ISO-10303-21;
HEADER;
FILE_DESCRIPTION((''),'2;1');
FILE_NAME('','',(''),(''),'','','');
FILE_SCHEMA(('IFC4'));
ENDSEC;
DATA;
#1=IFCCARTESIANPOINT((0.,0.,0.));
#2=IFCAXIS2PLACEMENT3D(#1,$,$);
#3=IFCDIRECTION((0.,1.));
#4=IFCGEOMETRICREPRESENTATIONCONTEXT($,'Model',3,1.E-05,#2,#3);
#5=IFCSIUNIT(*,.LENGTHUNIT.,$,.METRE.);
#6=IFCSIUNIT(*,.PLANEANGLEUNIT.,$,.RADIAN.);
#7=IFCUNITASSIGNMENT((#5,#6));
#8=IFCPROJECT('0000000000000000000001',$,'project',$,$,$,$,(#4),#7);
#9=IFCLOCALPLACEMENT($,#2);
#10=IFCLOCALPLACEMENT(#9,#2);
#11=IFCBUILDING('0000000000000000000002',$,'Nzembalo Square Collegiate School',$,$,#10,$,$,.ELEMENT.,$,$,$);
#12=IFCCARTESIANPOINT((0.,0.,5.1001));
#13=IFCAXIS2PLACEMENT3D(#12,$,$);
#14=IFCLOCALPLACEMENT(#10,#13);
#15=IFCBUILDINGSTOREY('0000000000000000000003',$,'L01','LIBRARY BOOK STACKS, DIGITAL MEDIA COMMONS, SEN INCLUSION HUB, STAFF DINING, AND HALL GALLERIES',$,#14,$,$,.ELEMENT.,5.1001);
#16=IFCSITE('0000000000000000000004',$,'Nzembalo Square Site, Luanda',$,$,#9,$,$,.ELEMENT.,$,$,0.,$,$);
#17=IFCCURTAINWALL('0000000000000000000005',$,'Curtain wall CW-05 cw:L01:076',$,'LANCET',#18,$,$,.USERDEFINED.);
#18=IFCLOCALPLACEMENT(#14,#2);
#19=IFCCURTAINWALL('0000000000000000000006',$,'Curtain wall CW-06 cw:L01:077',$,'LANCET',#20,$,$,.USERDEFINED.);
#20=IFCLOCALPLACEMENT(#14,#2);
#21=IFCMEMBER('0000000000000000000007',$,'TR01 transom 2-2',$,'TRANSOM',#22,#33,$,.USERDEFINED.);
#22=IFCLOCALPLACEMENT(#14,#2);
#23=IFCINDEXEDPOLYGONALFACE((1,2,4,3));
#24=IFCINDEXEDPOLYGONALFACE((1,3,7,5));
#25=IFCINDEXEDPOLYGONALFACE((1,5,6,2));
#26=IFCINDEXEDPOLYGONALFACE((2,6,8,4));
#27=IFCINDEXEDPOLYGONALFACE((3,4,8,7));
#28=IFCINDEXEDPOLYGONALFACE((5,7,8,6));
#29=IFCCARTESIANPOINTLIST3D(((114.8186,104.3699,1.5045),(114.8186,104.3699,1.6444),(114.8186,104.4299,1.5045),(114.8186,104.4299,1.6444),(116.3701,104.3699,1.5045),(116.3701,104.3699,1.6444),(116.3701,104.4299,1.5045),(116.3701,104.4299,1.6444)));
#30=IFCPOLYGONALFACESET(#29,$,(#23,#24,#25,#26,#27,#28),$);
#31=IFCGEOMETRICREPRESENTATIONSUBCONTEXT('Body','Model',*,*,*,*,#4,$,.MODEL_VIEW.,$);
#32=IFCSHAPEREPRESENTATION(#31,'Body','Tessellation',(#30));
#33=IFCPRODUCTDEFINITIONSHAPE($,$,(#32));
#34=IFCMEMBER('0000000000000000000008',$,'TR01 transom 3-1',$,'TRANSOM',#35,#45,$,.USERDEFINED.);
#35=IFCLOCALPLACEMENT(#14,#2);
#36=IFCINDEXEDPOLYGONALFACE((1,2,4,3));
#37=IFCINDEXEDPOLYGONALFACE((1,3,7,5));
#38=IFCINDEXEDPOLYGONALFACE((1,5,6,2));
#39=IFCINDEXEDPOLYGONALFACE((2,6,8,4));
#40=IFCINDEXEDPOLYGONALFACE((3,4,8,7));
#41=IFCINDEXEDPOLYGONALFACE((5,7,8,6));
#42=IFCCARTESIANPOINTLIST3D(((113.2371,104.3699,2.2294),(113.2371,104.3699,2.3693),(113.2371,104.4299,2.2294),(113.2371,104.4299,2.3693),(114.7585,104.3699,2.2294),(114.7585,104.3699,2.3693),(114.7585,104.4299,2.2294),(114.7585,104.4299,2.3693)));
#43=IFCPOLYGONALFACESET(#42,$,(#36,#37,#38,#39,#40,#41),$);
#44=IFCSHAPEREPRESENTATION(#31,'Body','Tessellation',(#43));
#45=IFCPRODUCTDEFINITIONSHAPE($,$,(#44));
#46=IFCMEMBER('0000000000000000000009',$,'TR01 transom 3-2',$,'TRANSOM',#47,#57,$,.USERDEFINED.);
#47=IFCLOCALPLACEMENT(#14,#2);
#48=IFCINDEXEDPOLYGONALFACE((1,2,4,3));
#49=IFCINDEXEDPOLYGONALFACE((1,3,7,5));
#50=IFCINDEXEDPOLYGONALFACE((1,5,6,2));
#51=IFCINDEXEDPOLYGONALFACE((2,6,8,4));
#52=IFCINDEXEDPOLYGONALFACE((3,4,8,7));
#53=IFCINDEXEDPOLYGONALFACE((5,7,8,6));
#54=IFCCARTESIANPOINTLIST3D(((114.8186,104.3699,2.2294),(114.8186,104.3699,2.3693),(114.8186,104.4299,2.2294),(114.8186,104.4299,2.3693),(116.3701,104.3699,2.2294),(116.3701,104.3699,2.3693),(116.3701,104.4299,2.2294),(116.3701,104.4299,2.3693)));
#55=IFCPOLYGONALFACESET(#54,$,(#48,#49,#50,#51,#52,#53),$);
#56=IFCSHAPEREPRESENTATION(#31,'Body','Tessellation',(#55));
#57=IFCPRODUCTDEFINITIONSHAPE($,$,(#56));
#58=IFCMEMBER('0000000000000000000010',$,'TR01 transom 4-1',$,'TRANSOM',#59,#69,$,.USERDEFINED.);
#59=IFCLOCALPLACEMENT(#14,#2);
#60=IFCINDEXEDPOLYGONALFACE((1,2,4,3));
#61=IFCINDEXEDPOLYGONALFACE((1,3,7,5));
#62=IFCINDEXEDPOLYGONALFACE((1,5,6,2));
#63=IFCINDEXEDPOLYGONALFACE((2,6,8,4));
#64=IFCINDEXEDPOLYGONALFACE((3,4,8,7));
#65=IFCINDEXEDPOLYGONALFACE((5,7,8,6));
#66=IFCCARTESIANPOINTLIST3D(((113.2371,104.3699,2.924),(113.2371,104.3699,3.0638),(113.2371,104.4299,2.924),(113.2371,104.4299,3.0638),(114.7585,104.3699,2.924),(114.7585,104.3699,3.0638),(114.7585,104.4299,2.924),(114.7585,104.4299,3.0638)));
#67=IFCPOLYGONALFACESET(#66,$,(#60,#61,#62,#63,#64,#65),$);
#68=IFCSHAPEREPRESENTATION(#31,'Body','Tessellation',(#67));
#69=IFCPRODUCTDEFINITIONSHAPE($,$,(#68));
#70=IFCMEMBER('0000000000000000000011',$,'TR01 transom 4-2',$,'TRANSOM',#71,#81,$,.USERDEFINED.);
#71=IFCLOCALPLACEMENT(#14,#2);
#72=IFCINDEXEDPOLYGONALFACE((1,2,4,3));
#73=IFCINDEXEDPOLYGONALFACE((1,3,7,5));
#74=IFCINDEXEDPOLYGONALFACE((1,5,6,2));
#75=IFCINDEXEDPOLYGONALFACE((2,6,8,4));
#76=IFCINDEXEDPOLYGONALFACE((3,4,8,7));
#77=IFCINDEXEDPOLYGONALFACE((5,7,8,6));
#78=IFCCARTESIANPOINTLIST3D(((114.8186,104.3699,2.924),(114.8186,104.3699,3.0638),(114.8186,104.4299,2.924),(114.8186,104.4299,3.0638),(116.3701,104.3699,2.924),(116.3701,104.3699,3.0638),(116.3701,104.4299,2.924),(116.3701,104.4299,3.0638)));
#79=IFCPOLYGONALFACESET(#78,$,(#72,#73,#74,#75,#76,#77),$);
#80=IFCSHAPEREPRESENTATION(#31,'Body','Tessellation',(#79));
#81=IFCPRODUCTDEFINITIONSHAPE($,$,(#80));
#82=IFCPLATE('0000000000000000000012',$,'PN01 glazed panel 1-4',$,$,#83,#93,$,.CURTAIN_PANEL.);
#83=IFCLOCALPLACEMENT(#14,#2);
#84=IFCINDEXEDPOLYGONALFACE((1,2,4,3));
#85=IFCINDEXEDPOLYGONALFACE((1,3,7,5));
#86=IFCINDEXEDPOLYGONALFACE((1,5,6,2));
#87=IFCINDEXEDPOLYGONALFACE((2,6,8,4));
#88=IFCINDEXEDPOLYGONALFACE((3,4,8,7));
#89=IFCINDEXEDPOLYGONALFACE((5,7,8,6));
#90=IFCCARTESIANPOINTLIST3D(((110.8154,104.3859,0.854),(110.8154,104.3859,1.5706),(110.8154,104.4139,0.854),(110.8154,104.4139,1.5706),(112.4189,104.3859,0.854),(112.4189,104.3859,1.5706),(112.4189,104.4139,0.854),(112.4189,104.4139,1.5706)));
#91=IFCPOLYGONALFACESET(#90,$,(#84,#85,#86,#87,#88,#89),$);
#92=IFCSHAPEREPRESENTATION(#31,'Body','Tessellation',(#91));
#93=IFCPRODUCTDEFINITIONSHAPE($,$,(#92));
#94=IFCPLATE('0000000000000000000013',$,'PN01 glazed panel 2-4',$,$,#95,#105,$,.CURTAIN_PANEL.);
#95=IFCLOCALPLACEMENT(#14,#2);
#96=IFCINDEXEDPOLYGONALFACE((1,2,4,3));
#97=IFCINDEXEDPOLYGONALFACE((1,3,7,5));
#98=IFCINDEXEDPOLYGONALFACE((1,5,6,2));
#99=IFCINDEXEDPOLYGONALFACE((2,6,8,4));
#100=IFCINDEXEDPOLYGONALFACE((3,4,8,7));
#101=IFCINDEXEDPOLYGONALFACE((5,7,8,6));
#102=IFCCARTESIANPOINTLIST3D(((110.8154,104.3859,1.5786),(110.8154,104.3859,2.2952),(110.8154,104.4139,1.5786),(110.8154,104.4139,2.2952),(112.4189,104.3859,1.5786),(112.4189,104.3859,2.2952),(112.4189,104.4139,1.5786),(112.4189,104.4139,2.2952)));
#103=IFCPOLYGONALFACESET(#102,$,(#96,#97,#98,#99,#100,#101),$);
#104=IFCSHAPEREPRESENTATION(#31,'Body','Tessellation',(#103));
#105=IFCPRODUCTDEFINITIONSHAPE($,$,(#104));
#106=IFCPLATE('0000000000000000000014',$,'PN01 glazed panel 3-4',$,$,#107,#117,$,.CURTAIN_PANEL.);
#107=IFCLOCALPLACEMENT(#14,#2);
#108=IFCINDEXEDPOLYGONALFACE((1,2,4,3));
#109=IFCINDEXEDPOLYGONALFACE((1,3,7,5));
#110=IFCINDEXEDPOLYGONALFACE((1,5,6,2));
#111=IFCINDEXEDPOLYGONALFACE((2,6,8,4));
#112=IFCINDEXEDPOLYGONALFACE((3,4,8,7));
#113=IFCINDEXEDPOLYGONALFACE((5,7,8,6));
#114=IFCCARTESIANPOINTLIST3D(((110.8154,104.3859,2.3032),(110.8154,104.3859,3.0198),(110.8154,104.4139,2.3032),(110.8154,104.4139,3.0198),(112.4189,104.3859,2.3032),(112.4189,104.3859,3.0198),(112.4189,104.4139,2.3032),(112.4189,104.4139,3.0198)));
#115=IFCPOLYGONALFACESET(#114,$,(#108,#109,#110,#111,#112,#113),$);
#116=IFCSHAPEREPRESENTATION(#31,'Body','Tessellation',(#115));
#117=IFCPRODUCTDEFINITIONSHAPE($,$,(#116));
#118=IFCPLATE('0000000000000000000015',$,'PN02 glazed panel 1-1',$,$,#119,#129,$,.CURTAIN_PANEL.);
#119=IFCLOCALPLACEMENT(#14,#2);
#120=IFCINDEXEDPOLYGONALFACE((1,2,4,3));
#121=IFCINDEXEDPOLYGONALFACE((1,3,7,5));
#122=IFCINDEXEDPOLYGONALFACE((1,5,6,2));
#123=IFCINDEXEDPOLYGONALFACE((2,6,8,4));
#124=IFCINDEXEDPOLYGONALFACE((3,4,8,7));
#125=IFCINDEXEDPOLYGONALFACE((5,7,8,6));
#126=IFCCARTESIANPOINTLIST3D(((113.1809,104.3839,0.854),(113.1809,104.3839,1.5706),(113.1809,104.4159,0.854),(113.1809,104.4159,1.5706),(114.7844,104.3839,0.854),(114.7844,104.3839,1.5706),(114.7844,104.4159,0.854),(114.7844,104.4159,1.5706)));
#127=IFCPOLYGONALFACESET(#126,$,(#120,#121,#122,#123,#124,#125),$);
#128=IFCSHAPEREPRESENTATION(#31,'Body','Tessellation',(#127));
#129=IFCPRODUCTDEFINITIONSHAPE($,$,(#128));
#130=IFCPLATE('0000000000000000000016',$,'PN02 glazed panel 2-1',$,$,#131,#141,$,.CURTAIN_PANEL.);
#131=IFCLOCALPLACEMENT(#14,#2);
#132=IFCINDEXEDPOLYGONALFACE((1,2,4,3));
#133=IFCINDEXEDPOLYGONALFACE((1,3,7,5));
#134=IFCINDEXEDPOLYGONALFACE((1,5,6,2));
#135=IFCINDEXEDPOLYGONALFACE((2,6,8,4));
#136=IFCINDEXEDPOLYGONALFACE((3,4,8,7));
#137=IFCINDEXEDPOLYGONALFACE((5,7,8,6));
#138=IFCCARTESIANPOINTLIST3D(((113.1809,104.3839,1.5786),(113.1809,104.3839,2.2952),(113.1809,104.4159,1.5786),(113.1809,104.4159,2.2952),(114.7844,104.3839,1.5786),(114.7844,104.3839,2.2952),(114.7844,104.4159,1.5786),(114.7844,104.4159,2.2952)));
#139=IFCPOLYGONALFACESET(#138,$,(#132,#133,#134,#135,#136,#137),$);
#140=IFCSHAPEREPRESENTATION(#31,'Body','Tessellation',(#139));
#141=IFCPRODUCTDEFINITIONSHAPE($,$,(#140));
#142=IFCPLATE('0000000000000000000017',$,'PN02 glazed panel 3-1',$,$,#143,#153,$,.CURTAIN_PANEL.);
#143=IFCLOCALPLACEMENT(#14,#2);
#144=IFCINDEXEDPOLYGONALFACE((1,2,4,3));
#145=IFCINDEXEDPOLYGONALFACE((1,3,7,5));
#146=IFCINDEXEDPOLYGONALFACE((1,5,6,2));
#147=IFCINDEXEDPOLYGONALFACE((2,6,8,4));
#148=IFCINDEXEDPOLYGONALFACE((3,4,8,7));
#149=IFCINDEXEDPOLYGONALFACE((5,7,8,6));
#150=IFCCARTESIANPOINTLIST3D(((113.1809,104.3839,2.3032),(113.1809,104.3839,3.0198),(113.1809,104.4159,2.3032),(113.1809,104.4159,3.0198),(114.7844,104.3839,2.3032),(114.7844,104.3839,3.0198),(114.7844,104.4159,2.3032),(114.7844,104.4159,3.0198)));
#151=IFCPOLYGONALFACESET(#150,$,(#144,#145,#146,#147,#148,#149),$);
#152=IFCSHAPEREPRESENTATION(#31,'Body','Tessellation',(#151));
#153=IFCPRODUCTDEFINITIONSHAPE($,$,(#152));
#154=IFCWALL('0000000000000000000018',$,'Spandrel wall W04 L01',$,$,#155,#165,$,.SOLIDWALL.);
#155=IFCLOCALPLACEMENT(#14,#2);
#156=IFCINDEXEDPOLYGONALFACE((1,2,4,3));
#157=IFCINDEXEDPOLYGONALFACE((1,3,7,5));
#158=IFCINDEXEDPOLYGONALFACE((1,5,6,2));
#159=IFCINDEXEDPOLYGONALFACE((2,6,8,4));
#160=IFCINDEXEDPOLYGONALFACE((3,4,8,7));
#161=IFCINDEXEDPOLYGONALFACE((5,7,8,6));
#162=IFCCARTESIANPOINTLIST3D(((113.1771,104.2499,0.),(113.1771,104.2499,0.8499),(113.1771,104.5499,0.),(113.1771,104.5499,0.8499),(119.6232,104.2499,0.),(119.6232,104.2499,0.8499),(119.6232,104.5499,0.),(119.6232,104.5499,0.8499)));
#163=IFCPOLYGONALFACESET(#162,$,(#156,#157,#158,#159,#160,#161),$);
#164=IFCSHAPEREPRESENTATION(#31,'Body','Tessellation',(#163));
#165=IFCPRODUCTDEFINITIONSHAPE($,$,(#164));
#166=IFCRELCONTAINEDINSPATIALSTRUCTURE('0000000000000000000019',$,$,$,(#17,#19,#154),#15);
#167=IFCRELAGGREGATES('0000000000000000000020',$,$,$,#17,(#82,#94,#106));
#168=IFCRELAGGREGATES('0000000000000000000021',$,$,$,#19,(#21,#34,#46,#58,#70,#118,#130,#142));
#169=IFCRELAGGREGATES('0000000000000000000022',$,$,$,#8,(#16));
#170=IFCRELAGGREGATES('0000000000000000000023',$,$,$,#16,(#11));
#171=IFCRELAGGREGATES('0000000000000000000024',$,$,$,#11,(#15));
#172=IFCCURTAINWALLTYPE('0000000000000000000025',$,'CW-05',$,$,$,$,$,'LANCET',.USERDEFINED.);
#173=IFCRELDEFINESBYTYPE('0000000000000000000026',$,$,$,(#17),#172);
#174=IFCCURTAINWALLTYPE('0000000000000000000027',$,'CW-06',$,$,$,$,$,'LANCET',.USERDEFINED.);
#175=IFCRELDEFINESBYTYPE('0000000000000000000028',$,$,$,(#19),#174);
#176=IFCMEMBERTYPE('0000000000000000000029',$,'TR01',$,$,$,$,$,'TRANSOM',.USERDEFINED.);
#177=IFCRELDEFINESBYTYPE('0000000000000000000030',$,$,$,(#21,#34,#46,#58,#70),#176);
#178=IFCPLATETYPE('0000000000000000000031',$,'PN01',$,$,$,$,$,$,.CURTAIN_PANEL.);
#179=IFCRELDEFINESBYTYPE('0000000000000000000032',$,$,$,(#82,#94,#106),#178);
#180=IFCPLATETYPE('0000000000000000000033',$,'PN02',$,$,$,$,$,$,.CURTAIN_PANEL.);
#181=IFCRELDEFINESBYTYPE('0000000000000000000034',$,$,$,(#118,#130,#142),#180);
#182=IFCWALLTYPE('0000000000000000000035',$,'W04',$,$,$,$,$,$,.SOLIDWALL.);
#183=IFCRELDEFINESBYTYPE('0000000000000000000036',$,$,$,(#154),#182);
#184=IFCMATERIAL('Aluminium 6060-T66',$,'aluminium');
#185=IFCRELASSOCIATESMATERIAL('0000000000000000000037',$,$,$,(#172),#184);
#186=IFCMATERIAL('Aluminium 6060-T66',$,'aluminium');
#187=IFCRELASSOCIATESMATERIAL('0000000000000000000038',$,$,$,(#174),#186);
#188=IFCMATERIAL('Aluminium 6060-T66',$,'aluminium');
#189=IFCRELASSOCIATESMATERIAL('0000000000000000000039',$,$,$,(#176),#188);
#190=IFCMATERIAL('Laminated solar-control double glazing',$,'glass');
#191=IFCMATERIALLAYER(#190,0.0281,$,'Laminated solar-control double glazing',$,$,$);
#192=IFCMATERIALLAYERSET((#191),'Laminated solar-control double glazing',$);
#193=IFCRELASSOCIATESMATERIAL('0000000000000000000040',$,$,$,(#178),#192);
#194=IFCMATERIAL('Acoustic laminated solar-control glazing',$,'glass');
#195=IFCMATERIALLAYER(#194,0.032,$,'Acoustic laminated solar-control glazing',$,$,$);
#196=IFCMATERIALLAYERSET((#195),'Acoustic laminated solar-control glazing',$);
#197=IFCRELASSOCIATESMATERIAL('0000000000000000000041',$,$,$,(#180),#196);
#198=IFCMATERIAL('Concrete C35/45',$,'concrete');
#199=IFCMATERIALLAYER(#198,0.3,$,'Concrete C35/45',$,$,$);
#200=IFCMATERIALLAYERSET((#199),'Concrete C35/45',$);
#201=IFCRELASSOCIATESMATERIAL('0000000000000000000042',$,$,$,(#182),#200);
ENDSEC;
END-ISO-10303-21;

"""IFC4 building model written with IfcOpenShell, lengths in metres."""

from ifc_helpers import new_model, si_unit, direction, frame, frame_2d, origin, origin_2d, place, context, subcontext, project, spatial, rectangle, extrude, material, layer, layer_set, material_profile, profile_set, type_object, element, aggregate, save


model = new_model("IFC4")

# Units and contexts
model_context = context("Model", 3, precision=1e-05, world=origin(), true_north=direction((0.0, 1.0)))
body_context = subcontext(model_context, "Body", "Model", "MODEL_VIEW")
ifc_project = project(units=[si_unit("LENGTHUNIT", "METRE"), si_unit("PLANEANGLEUNIT", "RADIAN")], contexts=[model_context])

# Site, building, storey
site_placement = place(None, origin())
site = spatial("IfcSite", under=ifc_project, at=site_placement, Name="Nzembalo Square Site, Luanda", CompositionType="ELEMENT", RefElevation=0.0)
building_placement = place(site_placement, origin())
building = spatial("IfcBuilding", under=site, at=building_placement, Name="Nzembalo Square Collegiate School", CompositionType="ELEMENT")
storey_placement = place(building_placement, frame((0.0, 0.0, 5.1001)))
storey = spatial("IfcBuildingStorey", under=building, at=storey_placement, Name="L01", Description="LIBRARY BOOK STACKS, DIGITAL MEDIA COMMONS, SEN INCLUSION HUB, STAFF DINING, AND HALL GALLERIES", CompositionType="ELEMENT", Elevation=5.1001)

# Curtain walls
ifc_material_1 = material(Name="Aluminium 6060-T66", Category="aluminium")
curtain_wall_type_1 = type_object("IfcCurtainWallType", Name="CW-05", ElementType="LANCET", PredefinedType="USERDEFINED", material=ifc_material_1)
curtain_wall_1_placement = place(storey_placement, origin())
curtain_wall_1 = element("IfcCurtainWall", 1, at=curtain_wall_1_placement, inside=storey, type_object=curtain_wall_type_1, Name="Curtain wall CW-05 cw:L01:076", ObjectType="LANCET", PredefinedType="USERDEFINED")
ifc_material_2 = material(Name="Aluminium 6060-T66", Category="aluminium")
curtain_wall_type_2 = type_object("IfcCurtainWallType", Name="CW-06", ElementType="LANCET", PredefinedType="USERDEFINED", material=ifc_material_2)
curtain_wall_2_placement = place(storey_placement, origin())
curtain_wall_2 = element("IfcCurtainWall", 2, at=curtain_wall_2_placement, inside=storey, type_object=curtain_wall_type_2, Name="Curtain wall CW-06 cw:L01:077", ObjectType="LANCET", PredefinedType="USERDEFINED")

# Members
ifc_material_3 = material(Name="Aluminium 6060-T66", Category="aluminium")
ifc_material_profile_1 = material_profile(ifc_material_3, rectangle(XDim=0.0601, YDim=0.1399, at=origin_2d()), Name="ALU T60x140")
ifc_profile_set_1 = profile_set([ifc_material_profile_1], Name="Aluminium 6060-T66")
member_type_1 = type_object("IfcMemberType", Name="TR01", ElementType="TRANSOM", PredefinedType="USERDEFINED", material=ifc_profile_set_1)
member_1_placement = place(storey_placement, frame((114.8186, 104.3999, 1.5745), z_axis=(1.0, 0.0, 0.0), x_axis=(0.0, 1.0, 0.0)))
member_1 = element("IfcMember", 3, at=member_1_placement, type_object=member_type_1, Name="TR01 transom 2-2", ObjectType="TRANSOM", PredefinedType="USERDEFINED", context=body_context, shape_type="SweptSolid", body=[
    extrude(rectangle(XDim=0.0601, YDim=0.1399, at=origin_2d()), origin(), (0.0, 0.0, 1.0), 1.5515),
])
member_2_placement = place(storey_placement, frame((113.2371, 104.3999, 2.2993), z_axis=(1.0, 0.0, 0.0), x_axis=(0.0, 1.0, 0.0)))
member_2 = element("IfcMember", 4, at=member_2_placement, type_object=member_type_1, Name="TR01 transom 3-1", ObjectType="TRANSOM", PredefinedType="USERDEFINED", context=body_context, shape_type="SweptSolid", body=[
    extrude(rectangle(XDim=0.0601, YDim=0.1399, at=origin_2d()), origin(), (0.0, 0.0, 1.0), 1.5215),
])
member_3_placement = place(storey_placement, frame((114.8186, 104.3999, 2.2993), z_axis=(1.0, 0.0, 0.0), x_axis=(0.0, 1.0, 0.0)))
member_3 = element("IfcMember", 5, at=member_3_placement, type_object=member_type_1, Name="TR01 transom 3-2", ObjectType="TRANSOM", PredefinedType="USERDEFINED", context=body_context, shape_type="SweptSolid", body=[
    extrude(rectangle(XDim=0.0601, YDim=0.1399, at=origin_2d()), origin(), (0.0, 0.0, 1.0), 1.5515),
])
member_4_placement = place(storey_placement, frame((113.2371, 104.3999, 2.9939), z_axis=(1.0, 0.0, 0.0), x_axis=(0.0, 1.0, 0.0)))
member_4 = element("IfcMember", 6, at=member_4_placement, type_object=member_type_1, Name="TR01 transom 4-1", ObjectType="TRANSOM", PredefinedType="USERDEFINED", context=body_context, shape_type="SweptSolid", body=[
    extrude(rectangle(XDim=0.0601, YDim=0.1399, at=origin_2d()), origin(), (0.0, 0.0, 1.0), 1.5215),
])
member_5_placement = place(storey_placement, frame((114.8186, 104.3999, 2.9939), z_axis=(1.0, 0.0, 0.0), x_axis=(0.0, 1.0, 0.0)))
member_5 = element("IfcMember", 7, at=member_5_placement, type_object=member_type_1, Name="TR01 transom 4-2", ObjectType="TRANSOM", PredefinedType="USERDEFINED", context=body_context, shape_type="SweptSolid", body=[
    extrude(rectangle(XDim=0.0601, YDim=0.1399, at=origin_2d()), origin(), (0.0, 0.0, 1.0), 1.5515),
])

# Plates
ifc_material_4 = material(Name="Laminated solar-control double glazing", Category="glass")
ifc_layer_1 = layer(ifc_material_4, 0.0281, Name="Laminated solar-control double glazing")
ifc_layer_set_1 = layer_set([ifc_layer_1], Name="Laminated solar-control double glazing")
plate_type_1 = type_object("IfcPlateType", Name="PN01", PredefinedType="CURTAIN_PANEL", material=ifc_layer_set_1)
plate_1_placement = place(storey_placement, frame((111.6172, 104.3999, 0.854), z_axis=(0.0, 0.0, 1.0), x_axis=(1.0, 0.0, 0.0)))
plate_1 = element("IfcPlate", 8, at=plate_1_placement, type_object=plate_type_1, Name="PN01 glazed panel 1-4", PredefinedType="CURTAIN_PANEL", context=body_context, shape_type="SweptSolid", body=[
    extrude(rectangle(XDim=1.6035, YDim=0.0281, at=origin_2d()), origin(), (0.0, 0.0, 1.0), 0.7166),
])
plate_2_placement = place(storey_placement, frame((111.6172, 104.3999, 1.5786), z_axis=(0.0, 0.0, 1.0), x_axis=(1.0, 0.0, 0.0)))
plate_2 = element("IfcPlate", 9, at=plate_2_placement, type_object=plate_type_1, Name="PN01 glazed panel 2-4", PredefinedType="CURTAIN_PANEL", context=body_context, shape_type="SweptSolid", body=[
    extrude(rectangle(XDim=1.6035, YDim=0.0281, at=origin_2d()), origin(), (0.0, 0.0, 1.0), 0.7166),
])
plate_3_placement = place(storey_placement, frame((111.6172, 104.3999, 2.3032), z_axis=(0.0, 0.0, 1.0), x_axis=(1.0, 0.0, 0.0)))
plate_3 = element("IfcPlate", 10, at=plate_3_placement, type_object=plate_type_1, Name="PN01 glazed panel 3-4", PredefinedType="CURTAIN_PANEL", context=body_context, shape_type="SweptSolid", body=[
    extrude(rectangle(XDim=1.6035, YDim=0.0281, at=origin_2d()), origin(), (0.0, 0.0, 1.0), 0.7166),
])
aggregate(curtain_wall_1, [plate_1, plate_2, plate_3])
ifc_material_5 = material(Name="Acoustic laminated solar-control glazing", Category="glass")
ifc_layer_2 = layer(ifc_material_5, 0.032, Name="Acoustic laminated solar-control glazing")
ifc_layer_set_2 = layer_set([ifc_layer_2], Name="Acoustic laminated solar-control glazing")
plate_type_2 = type_object("IfcPlateType", Name="PN02", PredefinedType="CURTAIN_PANEL", material=ifc_layer_set_2)
plate_4_placement = place(storey_placement, frame((113.9827, 104.3999, 0.854), z_axis=(0.0, 0.0, 1.0), x_axis=(1.0, 0.0, 0.0)))
plate_4 = element("IfcPlate", 11, at=plate_4_placement, type_object=plate_type_2, Name="PN02 glazed panel 1-1", PredefinedType="CURTAIN_PANEL", context=body_context, shape_type="SweptSolid", body=[
    extrude(rectangle(XDim=1.6035, YDim=0.032, at=origin_2d()), origin(), (0.0, 0.0, 1.0), 0.7166),
])
plate_5_placement = place(storey_placement, frame((113.9827, 104.3999, 1.5786), z_axis=(0.0, 0.0, 1.0), x_axis=(1.0, 0.0, 0.0)))
plate_5 = element("IfcPlate", 12, at=plate_5_placement, type_object=plate_type_2, Name="PN02 glazed panel 2-1", PredefinedType="CURTAIN_PANEL", context=body_context, shape_type="SweptSolid", body=[
    extrude(rectangle(XDim=1.6035, YDim=0.032, at=origin_2d()), origin(), (0.0, 0.0, 1.0), 0.7166),
])
plate_6_placement = place(storey_placement, frame((113.9827, 104.3999, 2.3032), z_axis=(0.0, 0.0, 1.0), x_axis=(1.0, 0.0, 0.0)))
plate_6 = element("IfcPlate", 13, at=plate_6_placement, type_object=plate_type_2, Name="PN02 glazed panel 3-1", PredefinedType="CURTAIN_PANEL", context=body_context, shape_type="SweptSolid", body=[
    extrude(rectangle(XDim=1.6035, YDim=0.032, at=origin_2d()), origin(), (0.0, 0.0, 1.0), 0.7166),
])
aggregate(curtain_wall_2, [member_1, member_2, member_3, member_4, member_5, plate_4, plate_5, plate_6])

# Wall
ifc_material_6 = material(Name="Concrete C35/45", Category="concrete")
ifc_layer_3 = layer(ifc_material_6, 0.3, Name="Concrete C35/45")
ifc_layer_set_3 = layer_set([ifc_layer_3], Name="Concrete C35/45")
wall_type = type_object("IfcWallType", Name="W04", PredefinedType="SOLIDWALL", material=ifc_layer_set_3)
wall_placement = place(storey_placement, frame((113.177, 104.3999, 0.0), z_axis=(0.0, 0.0, 1.0), x_axis=(1.0, 0.0, 0.0)))
element("IfcWall", 14, at=wall_placement, inside=storey, type_object=wall_type, Name="Spandrel wall W04 L01", PredefinedType="SOLIDWALL", context=body_context, shape_type="SweptSolid", body=[
    extrude(rectangle(XDim=6.446, YDim=0.3, at=frame_2d((3.2231, 0.0))), origin(), (0.0, 0.0, 1.0), 0.8499),
])

save(model, "model.ifc")
